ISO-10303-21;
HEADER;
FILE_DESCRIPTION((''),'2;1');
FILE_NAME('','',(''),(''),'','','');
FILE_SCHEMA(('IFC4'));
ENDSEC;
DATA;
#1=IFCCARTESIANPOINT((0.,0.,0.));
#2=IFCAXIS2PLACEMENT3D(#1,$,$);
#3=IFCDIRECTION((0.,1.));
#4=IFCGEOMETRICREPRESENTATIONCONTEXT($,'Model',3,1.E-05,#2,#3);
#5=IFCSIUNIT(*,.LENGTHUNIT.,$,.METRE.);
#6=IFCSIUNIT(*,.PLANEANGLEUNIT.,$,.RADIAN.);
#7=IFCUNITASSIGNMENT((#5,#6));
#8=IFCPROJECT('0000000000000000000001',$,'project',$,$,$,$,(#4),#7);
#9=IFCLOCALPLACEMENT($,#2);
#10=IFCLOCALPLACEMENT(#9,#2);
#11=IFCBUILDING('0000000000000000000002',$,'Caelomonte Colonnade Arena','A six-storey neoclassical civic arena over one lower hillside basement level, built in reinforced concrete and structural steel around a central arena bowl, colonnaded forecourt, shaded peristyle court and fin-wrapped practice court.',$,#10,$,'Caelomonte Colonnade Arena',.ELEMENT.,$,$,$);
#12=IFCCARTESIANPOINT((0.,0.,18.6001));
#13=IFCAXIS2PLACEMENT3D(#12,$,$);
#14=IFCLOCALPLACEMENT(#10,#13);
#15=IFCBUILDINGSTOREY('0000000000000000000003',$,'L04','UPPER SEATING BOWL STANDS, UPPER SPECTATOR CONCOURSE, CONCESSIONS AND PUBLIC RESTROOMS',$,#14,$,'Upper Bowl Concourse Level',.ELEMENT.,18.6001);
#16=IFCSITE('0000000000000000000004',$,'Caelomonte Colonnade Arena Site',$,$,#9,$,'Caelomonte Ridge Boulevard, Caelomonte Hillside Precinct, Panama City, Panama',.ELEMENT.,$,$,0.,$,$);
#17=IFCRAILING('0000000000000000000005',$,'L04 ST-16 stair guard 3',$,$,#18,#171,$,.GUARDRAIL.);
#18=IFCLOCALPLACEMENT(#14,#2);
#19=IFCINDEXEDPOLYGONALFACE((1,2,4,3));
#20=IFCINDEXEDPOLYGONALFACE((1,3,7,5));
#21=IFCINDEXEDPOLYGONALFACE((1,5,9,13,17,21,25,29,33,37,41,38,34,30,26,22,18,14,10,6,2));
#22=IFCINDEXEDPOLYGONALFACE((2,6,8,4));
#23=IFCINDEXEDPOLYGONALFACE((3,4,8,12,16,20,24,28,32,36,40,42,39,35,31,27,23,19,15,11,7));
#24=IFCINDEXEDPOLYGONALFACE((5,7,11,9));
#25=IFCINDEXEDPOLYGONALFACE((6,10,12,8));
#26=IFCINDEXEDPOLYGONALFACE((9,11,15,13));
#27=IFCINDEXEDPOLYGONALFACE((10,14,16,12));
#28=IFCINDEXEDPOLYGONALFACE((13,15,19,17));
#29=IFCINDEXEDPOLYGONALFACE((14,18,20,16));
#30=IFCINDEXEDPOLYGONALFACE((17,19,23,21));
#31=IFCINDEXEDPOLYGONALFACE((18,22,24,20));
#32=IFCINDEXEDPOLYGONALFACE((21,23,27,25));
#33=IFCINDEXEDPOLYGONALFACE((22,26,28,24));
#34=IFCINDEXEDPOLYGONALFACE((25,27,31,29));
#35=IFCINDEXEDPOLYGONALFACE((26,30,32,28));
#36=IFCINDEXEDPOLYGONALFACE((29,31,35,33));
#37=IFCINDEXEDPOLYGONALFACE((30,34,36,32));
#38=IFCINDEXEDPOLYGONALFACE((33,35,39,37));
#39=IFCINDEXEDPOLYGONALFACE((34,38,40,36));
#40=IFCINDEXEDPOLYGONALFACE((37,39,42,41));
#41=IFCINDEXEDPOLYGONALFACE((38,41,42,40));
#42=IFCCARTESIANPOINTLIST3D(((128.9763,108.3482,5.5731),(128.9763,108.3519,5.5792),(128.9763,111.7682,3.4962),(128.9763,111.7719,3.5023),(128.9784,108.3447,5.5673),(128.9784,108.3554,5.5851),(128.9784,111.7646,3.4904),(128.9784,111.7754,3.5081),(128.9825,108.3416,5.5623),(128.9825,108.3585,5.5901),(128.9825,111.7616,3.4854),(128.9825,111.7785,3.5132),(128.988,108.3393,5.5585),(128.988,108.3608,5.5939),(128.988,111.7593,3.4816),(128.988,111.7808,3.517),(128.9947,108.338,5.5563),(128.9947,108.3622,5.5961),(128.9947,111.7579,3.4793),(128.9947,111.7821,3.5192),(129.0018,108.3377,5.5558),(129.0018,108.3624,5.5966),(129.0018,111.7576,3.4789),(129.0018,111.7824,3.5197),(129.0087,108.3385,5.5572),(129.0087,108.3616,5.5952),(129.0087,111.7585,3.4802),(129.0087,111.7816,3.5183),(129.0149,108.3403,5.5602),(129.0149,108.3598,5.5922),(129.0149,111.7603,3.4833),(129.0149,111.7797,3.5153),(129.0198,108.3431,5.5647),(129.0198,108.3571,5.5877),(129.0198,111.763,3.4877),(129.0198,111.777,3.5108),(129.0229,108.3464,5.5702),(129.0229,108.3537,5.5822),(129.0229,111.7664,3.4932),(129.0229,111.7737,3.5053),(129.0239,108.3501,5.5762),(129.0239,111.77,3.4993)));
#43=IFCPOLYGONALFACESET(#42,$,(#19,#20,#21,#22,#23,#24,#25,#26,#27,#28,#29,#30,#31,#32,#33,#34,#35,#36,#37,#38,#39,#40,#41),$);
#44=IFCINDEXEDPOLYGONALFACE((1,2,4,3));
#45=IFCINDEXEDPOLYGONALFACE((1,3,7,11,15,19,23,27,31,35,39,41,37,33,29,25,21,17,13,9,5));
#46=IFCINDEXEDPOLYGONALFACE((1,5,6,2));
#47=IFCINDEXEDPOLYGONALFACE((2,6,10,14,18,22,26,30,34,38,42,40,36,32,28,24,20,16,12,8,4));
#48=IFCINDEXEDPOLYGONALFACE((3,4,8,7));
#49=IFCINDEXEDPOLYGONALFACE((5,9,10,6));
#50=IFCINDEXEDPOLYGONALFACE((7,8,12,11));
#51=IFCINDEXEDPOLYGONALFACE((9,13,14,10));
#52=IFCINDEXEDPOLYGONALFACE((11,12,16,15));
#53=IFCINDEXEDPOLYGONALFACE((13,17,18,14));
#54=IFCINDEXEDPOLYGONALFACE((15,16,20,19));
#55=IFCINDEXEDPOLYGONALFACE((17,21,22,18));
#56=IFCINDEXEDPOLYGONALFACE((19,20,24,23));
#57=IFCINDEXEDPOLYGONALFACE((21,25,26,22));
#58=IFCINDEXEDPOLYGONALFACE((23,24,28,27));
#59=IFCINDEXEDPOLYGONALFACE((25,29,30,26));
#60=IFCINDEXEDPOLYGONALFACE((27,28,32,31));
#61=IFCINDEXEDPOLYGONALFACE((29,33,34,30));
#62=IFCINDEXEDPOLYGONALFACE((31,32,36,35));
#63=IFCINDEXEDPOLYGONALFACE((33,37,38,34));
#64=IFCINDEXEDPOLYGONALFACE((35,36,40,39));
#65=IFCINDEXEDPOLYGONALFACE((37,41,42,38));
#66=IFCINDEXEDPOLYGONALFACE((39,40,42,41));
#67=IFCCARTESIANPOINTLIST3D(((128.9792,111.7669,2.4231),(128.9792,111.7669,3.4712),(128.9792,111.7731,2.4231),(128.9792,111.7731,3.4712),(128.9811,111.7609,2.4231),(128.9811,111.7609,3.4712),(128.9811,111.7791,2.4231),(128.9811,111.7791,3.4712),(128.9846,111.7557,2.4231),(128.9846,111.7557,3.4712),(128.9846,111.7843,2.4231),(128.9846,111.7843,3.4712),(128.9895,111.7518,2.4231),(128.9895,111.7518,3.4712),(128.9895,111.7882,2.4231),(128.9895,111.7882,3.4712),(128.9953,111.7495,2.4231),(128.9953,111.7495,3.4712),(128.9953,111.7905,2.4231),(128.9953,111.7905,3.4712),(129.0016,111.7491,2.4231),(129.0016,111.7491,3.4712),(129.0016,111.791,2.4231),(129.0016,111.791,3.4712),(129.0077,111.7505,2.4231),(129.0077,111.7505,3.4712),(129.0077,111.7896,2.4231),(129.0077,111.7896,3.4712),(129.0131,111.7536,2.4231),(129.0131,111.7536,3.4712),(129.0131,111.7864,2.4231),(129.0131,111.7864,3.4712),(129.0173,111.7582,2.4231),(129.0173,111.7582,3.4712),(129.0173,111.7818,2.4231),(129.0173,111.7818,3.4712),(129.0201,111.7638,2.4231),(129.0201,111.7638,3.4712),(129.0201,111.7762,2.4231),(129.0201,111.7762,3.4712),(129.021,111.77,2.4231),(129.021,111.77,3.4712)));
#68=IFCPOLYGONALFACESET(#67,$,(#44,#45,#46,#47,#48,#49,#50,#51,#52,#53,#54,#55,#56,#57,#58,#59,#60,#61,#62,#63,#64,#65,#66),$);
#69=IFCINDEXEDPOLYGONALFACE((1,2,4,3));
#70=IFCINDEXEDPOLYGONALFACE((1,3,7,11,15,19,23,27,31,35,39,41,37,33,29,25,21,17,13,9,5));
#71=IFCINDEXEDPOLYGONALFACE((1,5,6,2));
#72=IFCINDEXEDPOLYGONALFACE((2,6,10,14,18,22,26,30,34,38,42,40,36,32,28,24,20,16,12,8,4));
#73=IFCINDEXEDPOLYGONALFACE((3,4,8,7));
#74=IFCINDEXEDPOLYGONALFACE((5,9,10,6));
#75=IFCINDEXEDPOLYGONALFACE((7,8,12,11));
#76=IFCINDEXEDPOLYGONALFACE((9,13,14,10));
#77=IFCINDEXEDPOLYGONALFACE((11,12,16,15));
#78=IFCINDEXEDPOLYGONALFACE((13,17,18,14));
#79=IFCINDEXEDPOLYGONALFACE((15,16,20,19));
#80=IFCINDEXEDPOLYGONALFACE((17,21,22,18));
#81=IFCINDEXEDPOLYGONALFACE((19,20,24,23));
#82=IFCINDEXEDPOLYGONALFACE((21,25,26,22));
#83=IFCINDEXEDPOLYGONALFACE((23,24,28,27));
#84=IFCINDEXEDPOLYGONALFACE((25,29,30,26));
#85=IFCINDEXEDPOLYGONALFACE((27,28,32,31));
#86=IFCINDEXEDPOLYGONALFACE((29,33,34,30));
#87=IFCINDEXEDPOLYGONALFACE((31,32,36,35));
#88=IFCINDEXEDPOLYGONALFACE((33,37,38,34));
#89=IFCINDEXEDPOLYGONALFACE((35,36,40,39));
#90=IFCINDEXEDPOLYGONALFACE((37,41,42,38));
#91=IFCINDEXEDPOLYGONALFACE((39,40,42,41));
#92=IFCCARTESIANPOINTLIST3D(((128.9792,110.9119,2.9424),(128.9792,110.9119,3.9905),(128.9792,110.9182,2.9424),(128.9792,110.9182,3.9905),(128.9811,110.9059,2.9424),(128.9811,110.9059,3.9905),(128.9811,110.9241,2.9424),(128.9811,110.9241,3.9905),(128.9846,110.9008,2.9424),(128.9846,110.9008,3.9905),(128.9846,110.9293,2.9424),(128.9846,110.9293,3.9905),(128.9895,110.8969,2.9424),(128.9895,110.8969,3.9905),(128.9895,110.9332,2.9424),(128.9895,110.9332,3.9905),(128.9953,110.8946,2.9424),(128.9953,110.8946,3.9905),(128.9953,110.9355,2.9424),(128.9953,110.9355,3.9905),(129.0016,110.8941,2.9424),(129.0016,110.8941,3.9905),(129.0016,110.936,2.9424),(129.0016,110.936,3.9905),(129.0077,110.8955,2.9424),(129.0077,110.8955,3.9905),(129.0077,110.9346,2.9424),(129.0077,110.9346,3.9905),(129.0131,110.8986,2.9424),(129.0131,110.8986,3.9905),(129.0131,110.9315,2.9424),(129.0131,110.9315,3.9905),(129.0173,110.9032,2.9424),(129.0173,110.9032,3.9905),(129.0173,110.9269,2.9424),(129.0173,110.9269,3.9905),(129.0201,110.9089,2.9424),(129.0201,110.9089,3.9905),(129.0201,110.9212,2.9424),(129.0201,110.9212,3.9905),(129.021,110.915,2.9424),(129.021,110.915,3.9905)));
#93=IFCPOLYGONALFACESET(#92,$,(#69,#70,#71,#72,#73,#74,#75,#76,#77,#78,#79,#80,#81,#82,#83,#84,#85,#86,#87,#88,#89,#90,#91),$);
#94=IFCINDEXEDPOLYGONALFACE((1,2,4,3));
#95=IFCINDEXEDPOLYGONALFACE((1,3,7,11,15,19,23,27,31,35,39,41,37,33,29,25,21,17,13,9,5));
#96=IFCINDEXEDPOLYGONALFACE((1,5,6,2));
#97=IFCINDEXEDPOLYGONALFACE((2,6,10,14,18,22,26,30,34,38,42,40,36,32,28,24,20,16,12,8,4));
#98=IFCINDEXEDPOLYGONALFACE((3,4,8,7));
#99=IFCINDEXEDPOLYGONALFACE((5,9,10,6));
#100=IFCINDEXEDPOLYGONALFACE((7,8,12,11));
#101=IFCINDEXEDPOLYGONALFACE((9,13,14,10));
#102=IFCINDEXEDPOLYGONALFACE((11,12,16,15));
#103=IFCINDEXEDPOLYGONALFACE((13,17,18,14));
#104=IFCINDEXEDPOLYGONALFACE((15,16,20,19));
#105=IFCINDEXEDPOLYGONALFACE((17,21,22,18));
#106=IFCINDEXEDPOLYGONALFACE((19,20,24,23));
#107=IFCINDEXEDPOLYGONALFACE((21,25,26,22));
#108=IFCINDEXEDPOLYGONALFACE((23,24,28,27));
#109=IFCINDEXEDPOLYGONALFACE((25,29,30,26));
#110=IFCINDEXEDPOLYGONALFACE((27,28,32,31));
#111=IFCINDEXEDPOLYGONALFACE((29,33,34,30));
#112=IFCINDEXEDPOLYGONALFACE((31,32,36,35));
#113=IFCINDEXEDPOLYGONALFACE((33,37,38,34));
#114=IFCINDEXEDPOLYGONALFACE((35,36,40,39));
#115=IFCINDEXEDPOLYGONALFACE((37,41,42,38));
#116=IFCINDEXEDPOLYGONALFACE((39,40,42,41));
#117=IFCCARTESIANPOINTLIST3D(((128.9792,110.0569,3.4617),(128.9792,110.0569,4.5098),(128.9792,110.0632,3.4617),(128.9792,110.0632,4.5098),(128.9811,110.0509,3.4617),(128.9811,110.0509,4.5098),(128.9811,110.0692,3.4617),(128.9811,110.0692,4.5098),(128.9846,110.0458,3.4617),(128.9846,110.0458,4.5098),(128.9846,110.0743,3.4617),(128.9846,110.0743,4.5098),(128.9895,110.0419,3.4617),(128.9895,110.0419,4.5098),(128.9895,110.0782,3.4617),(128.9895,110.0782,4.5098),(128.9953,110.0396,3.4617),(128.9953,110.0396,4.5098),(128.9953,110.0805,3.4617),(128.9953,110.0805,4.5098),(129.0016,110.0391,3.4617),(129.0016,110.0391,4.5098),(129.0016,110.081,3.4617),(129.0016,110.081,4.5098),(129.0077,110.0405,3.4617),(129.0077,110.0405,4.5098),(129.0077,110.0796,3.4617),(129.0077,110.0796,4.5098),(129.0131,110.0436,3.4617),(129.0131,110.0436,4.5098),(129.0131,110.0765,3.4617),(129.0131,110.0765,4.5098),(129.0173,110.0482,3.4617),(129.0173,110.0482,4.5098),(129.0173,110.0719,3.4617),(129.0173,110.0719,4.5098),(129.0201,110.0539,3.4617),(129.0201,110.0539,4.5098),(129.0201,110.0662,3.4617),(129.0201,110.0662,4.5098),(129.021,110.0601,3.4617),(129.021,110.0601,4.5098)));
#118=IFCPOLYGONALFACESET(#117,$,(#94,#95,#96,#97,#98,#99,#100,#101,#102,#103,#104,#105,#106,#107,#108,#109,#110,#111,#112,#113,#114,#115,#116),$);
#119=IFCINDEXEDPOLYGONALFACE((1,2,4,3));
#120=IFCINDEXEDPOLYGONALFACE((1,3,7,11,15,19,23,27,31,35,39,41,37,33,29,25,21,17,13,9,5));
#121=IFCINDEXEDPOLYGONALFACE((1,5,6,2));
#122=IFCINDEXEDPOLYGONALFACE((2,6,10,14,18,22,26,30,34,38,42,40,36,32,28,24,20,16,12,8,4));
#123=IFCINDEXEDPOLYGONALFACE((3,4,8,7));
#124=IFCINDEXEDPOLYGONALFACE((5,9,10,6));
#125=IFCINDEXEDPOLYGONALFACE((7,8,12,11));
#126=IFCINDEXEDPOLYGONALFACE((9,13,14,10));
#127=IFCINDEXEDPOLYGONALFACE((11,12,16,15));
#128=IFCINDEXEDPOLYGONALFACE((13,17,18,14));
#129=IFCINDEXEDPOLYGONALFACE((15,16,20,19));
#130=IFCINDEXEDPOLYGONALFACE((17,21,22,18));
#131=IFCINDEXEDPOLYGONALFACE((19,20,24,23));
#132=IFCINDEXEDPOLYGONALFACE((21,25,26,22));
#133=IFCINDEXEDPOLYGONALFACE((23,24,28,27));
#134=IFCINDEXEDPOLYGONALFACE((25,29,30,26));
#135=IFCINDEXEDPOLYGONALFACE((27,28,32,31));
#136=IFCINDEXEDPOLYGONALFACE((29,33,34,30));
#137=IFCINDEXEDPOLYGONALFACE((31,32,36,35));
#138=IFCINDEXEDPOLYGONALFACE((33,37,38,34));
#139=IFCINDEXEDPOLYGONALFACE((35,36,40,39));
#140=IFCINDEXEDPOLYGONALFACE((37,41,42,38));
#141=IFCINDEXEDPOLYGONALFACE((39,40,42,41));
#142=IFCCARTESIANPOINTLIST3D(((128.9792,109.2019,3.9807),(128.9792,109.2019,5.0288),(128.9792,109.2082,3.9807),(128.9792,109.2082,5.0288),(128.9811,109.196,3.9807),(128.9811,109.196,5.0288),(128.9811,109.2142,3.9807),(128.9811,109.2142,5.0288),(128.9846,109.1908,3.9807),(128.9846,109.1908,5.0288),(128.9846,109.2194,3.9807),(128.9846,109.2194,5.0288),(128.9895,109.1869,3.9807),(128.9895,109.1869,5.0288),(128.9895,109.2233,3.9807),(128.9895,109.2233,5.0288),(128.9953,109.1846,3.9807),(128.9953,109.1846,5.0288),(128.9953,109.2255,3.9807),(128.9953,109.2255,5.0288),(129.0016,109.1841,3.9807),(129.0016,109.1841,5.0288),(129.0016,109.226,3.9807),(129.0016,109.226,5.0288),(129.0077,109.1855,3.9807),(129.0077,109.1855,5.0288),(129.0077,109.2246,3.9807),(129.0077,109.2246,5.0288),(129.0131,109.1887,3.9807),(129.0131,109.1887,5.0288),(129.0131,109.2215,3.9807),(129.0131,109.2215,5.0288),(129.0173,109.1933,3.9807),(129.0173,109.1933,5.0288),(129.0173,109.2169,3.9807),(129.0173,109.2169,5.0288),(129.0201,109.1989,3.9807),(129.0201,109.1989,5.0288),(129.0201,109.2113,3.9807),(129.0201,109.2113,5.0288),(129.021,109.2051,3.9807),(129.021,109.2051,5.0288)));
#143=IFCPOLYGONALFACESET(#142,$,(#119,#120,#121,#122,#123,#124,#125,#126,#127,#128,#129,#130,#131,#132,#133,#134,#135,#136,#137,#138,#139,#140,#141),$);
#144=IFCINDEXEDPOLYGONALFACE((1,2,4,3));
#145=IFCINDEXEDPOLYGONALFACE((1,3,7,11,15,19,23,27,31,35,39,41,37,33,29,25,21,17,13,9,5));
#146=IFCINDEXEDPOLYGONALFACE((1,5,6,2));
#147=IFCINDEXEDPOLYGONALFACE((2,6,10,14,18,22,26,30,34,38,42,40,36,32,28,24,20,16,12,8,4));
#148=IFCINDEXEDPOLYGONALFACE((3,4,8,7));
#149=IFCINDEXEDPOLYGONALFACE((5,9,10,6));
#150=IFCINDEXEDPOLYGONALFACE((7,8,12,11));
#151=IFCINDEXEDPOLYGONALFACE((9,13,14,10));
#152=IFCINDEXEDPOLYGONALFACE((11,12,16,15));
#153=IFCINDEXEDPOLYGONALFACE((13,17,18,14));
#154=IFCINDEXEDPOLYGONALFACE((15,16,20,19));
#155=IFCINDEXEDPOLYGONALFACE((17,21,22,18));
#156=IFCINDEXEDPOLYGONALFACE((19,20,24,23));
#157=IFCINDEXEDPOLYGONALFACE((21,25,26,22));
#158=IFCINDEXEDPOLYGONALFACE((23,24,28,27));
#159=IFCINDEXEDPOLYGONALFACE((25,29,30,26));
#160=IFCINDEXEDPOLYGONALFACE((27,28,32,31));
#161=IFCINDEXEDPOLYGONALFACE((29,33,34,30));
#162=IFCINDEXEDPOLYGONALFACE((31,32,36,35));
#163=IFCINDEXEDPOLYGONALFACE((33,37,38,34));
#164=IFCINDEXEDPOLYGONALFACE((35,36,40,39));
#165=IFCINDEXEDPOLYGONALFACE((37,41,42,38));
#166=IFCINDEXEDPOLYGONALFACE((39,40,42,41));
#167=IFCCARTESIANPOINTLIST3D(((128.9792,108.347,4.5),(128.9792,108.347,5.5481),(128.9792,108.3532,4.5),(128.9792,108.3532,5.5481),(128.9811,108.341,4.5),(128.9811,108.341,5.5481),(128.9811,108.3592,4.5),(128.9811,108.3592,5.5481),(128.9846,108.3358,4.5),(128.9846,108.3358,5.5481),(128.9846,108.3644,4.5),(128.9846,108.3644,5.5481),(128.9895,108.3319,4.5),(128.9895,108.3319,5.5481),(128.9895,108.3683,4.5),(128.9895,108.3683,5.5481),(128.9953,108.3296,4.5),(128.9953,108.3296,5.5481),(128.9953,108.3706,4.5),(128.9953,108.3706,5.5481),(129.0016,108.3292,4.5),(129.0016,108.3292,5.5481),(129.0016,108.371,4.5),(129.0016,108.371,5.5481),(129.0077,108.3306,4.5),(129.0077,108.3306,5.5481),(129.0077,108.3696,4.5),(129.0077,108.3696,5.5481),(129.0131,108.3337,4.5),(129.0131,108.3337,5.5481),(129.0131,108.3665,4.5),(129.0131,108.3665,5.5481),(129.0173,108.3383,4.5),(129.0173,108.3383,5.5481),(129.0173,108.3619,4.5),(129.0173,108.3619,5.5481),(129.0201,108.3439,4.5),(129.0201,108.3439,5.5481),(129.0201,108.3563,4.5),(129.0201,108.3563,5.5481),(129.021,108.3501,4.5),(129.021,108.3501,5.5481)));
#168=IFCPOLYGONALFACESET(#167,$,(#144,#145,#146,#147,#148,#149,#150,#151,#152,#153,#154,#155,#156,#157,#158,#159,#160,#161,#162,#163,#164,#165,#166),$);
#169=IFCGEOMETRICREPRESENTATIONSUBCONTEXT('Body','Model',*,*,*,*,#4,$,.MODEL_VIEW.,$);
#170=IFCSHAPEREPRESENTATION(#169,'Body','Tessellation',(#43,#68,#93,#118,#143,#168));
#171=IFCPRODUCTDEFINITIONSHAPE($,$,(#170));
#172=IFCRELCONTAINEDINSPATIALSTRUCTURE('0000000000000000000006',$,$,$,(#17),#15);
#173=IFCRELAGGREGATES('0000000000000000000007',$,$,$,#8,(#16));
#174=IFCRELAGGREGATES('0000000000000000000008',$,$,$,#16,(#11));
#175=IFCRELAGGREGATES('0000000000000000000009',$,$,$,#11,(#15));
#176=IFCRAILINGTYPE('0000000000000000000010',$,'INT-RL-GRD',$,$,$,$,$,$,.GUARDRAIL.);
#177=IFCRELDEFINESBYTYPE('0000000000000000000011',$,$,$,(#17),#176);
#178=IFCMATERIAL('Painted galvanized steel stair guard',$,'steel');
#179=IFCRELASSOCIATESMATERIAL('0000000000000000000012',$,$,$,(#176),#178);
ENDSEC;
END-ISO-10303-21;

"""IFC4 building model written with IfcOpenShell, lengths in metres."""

from ifc_helpers import new_model, si_unit, direction, frame, origin, origin_2d, place, context, subcontext, project, spatial, circle, extrude, material, type_object, element, save


model = new_model("IFC4")

# Units and contexts
model_context = context("Model", 3, precision=1e-05, world=origin(), true_north=direction((0.0, 1.0)))
body_context = subcontext(model_context, "Body", "Model", "MODEL_VIEW")
ifc_project = project(units=[si_unit("LENGTHUNIT", "METRE"), si_unit("PLANEANGLEUNIT", "RADIAN")], contexts=[model_context])

# Site, building, storey
site_placement = place(None, origin())
site = spatial("IfcSite", under=ifc_project, at=site_placement, Name="Caelomonte Colonnade Arena Site", LongName="Caelomonte Ridge Boulevard, Caelomonte Hillside Precinct, Panama City, Panama", CompositionType="ELEMENT", RefElevation=0.0)
building_placement = place(site_placement, origin())
building = spatial("IfcBuilding", under=site, at=building_placement, Name="Caelomonte Colonnade Arena", Description="A six-storey neoclassical civic arena over one lower hillside basement level, built in reinforced concrete and structural steel around a central arena bowl, colonnaded forecourt, shaded peristyle court and fin-wrapped practice court.", LongName="Caelomonte Colonnade Arena", CompositionType="ELEMENT")
storey_placement = place(building_placement, frame((0.0, 0.0, 18.6001)))
storey = spatial("IfcBuildingStorey", under=building, at=storey_placement, Name="L04", Description="UPPER SEATING BOWL STANDS, UPPER SPECTATOR CONCOURSE, CONCESSIONS AND PUBLIC RESTROOMS", LongName="Upper Bowl Concourse Level", CompositionType="ELEMENT", Elevation=18.6001)

# Railing
ifc_material_1 = material(Name="Painted galvanized steel stair guard", Category="steel")
railing_type_1 = type_object("IfcRailingType", Name="INT-RL-GRD", PredefinedType="GUARDRAIL", material=ifc_material_1)
railing_1_placement = place(storey_placement, frame((129.0, 111.77, 2.4231)))
element("IfcRailing", 1, at=railing_1_placement, inside=storey, type_object=railing_type_1, Name="L04 ST-16 stair guard 3", PredefinedType="GUARDRAIL", context=body_context, shape_type="SweptSolid", body=[
    extrude(circle(Radius=0.0239, at=origin_2d()), frame((0.0, 0.0, 1.0762), z_axis=(0.0, -0.85473, 0.519074), x_axis=(1.0, 0.0, 0.0)), (0.0, 0.0, 1.0), 4.0012),
    extrude(circle(Radius=0.021, at=origin_2d()), origin(), (0.0, 0.0, 1.0), 1.0481),
    extrude(circle(Radius=0.021, at=origin_2d()), frame((0.0, -0.855, 0.5193)), (0.0, 0.0, 1.0), 1.0481),
    extrude(circle(Radius=0.021, at=origin_2d()), frame((0.0, -1.71, 1.0386)), (0.0, 0.0, 1.0), 1.0481),
    extrude(circle(Radius=0.021, at=origin_2d()), frame((0.0, -2.5649, 1.5576)), (0.0, 0.0, 1.0), 1.0481),
    extrude(circle(Radius=0.021, at=origin_2d()), frame((0.0, -3.4199, 2.0769)), (0.0, 0.0, 1.0), 1.0481),
])

save(model, "model.ifc")
